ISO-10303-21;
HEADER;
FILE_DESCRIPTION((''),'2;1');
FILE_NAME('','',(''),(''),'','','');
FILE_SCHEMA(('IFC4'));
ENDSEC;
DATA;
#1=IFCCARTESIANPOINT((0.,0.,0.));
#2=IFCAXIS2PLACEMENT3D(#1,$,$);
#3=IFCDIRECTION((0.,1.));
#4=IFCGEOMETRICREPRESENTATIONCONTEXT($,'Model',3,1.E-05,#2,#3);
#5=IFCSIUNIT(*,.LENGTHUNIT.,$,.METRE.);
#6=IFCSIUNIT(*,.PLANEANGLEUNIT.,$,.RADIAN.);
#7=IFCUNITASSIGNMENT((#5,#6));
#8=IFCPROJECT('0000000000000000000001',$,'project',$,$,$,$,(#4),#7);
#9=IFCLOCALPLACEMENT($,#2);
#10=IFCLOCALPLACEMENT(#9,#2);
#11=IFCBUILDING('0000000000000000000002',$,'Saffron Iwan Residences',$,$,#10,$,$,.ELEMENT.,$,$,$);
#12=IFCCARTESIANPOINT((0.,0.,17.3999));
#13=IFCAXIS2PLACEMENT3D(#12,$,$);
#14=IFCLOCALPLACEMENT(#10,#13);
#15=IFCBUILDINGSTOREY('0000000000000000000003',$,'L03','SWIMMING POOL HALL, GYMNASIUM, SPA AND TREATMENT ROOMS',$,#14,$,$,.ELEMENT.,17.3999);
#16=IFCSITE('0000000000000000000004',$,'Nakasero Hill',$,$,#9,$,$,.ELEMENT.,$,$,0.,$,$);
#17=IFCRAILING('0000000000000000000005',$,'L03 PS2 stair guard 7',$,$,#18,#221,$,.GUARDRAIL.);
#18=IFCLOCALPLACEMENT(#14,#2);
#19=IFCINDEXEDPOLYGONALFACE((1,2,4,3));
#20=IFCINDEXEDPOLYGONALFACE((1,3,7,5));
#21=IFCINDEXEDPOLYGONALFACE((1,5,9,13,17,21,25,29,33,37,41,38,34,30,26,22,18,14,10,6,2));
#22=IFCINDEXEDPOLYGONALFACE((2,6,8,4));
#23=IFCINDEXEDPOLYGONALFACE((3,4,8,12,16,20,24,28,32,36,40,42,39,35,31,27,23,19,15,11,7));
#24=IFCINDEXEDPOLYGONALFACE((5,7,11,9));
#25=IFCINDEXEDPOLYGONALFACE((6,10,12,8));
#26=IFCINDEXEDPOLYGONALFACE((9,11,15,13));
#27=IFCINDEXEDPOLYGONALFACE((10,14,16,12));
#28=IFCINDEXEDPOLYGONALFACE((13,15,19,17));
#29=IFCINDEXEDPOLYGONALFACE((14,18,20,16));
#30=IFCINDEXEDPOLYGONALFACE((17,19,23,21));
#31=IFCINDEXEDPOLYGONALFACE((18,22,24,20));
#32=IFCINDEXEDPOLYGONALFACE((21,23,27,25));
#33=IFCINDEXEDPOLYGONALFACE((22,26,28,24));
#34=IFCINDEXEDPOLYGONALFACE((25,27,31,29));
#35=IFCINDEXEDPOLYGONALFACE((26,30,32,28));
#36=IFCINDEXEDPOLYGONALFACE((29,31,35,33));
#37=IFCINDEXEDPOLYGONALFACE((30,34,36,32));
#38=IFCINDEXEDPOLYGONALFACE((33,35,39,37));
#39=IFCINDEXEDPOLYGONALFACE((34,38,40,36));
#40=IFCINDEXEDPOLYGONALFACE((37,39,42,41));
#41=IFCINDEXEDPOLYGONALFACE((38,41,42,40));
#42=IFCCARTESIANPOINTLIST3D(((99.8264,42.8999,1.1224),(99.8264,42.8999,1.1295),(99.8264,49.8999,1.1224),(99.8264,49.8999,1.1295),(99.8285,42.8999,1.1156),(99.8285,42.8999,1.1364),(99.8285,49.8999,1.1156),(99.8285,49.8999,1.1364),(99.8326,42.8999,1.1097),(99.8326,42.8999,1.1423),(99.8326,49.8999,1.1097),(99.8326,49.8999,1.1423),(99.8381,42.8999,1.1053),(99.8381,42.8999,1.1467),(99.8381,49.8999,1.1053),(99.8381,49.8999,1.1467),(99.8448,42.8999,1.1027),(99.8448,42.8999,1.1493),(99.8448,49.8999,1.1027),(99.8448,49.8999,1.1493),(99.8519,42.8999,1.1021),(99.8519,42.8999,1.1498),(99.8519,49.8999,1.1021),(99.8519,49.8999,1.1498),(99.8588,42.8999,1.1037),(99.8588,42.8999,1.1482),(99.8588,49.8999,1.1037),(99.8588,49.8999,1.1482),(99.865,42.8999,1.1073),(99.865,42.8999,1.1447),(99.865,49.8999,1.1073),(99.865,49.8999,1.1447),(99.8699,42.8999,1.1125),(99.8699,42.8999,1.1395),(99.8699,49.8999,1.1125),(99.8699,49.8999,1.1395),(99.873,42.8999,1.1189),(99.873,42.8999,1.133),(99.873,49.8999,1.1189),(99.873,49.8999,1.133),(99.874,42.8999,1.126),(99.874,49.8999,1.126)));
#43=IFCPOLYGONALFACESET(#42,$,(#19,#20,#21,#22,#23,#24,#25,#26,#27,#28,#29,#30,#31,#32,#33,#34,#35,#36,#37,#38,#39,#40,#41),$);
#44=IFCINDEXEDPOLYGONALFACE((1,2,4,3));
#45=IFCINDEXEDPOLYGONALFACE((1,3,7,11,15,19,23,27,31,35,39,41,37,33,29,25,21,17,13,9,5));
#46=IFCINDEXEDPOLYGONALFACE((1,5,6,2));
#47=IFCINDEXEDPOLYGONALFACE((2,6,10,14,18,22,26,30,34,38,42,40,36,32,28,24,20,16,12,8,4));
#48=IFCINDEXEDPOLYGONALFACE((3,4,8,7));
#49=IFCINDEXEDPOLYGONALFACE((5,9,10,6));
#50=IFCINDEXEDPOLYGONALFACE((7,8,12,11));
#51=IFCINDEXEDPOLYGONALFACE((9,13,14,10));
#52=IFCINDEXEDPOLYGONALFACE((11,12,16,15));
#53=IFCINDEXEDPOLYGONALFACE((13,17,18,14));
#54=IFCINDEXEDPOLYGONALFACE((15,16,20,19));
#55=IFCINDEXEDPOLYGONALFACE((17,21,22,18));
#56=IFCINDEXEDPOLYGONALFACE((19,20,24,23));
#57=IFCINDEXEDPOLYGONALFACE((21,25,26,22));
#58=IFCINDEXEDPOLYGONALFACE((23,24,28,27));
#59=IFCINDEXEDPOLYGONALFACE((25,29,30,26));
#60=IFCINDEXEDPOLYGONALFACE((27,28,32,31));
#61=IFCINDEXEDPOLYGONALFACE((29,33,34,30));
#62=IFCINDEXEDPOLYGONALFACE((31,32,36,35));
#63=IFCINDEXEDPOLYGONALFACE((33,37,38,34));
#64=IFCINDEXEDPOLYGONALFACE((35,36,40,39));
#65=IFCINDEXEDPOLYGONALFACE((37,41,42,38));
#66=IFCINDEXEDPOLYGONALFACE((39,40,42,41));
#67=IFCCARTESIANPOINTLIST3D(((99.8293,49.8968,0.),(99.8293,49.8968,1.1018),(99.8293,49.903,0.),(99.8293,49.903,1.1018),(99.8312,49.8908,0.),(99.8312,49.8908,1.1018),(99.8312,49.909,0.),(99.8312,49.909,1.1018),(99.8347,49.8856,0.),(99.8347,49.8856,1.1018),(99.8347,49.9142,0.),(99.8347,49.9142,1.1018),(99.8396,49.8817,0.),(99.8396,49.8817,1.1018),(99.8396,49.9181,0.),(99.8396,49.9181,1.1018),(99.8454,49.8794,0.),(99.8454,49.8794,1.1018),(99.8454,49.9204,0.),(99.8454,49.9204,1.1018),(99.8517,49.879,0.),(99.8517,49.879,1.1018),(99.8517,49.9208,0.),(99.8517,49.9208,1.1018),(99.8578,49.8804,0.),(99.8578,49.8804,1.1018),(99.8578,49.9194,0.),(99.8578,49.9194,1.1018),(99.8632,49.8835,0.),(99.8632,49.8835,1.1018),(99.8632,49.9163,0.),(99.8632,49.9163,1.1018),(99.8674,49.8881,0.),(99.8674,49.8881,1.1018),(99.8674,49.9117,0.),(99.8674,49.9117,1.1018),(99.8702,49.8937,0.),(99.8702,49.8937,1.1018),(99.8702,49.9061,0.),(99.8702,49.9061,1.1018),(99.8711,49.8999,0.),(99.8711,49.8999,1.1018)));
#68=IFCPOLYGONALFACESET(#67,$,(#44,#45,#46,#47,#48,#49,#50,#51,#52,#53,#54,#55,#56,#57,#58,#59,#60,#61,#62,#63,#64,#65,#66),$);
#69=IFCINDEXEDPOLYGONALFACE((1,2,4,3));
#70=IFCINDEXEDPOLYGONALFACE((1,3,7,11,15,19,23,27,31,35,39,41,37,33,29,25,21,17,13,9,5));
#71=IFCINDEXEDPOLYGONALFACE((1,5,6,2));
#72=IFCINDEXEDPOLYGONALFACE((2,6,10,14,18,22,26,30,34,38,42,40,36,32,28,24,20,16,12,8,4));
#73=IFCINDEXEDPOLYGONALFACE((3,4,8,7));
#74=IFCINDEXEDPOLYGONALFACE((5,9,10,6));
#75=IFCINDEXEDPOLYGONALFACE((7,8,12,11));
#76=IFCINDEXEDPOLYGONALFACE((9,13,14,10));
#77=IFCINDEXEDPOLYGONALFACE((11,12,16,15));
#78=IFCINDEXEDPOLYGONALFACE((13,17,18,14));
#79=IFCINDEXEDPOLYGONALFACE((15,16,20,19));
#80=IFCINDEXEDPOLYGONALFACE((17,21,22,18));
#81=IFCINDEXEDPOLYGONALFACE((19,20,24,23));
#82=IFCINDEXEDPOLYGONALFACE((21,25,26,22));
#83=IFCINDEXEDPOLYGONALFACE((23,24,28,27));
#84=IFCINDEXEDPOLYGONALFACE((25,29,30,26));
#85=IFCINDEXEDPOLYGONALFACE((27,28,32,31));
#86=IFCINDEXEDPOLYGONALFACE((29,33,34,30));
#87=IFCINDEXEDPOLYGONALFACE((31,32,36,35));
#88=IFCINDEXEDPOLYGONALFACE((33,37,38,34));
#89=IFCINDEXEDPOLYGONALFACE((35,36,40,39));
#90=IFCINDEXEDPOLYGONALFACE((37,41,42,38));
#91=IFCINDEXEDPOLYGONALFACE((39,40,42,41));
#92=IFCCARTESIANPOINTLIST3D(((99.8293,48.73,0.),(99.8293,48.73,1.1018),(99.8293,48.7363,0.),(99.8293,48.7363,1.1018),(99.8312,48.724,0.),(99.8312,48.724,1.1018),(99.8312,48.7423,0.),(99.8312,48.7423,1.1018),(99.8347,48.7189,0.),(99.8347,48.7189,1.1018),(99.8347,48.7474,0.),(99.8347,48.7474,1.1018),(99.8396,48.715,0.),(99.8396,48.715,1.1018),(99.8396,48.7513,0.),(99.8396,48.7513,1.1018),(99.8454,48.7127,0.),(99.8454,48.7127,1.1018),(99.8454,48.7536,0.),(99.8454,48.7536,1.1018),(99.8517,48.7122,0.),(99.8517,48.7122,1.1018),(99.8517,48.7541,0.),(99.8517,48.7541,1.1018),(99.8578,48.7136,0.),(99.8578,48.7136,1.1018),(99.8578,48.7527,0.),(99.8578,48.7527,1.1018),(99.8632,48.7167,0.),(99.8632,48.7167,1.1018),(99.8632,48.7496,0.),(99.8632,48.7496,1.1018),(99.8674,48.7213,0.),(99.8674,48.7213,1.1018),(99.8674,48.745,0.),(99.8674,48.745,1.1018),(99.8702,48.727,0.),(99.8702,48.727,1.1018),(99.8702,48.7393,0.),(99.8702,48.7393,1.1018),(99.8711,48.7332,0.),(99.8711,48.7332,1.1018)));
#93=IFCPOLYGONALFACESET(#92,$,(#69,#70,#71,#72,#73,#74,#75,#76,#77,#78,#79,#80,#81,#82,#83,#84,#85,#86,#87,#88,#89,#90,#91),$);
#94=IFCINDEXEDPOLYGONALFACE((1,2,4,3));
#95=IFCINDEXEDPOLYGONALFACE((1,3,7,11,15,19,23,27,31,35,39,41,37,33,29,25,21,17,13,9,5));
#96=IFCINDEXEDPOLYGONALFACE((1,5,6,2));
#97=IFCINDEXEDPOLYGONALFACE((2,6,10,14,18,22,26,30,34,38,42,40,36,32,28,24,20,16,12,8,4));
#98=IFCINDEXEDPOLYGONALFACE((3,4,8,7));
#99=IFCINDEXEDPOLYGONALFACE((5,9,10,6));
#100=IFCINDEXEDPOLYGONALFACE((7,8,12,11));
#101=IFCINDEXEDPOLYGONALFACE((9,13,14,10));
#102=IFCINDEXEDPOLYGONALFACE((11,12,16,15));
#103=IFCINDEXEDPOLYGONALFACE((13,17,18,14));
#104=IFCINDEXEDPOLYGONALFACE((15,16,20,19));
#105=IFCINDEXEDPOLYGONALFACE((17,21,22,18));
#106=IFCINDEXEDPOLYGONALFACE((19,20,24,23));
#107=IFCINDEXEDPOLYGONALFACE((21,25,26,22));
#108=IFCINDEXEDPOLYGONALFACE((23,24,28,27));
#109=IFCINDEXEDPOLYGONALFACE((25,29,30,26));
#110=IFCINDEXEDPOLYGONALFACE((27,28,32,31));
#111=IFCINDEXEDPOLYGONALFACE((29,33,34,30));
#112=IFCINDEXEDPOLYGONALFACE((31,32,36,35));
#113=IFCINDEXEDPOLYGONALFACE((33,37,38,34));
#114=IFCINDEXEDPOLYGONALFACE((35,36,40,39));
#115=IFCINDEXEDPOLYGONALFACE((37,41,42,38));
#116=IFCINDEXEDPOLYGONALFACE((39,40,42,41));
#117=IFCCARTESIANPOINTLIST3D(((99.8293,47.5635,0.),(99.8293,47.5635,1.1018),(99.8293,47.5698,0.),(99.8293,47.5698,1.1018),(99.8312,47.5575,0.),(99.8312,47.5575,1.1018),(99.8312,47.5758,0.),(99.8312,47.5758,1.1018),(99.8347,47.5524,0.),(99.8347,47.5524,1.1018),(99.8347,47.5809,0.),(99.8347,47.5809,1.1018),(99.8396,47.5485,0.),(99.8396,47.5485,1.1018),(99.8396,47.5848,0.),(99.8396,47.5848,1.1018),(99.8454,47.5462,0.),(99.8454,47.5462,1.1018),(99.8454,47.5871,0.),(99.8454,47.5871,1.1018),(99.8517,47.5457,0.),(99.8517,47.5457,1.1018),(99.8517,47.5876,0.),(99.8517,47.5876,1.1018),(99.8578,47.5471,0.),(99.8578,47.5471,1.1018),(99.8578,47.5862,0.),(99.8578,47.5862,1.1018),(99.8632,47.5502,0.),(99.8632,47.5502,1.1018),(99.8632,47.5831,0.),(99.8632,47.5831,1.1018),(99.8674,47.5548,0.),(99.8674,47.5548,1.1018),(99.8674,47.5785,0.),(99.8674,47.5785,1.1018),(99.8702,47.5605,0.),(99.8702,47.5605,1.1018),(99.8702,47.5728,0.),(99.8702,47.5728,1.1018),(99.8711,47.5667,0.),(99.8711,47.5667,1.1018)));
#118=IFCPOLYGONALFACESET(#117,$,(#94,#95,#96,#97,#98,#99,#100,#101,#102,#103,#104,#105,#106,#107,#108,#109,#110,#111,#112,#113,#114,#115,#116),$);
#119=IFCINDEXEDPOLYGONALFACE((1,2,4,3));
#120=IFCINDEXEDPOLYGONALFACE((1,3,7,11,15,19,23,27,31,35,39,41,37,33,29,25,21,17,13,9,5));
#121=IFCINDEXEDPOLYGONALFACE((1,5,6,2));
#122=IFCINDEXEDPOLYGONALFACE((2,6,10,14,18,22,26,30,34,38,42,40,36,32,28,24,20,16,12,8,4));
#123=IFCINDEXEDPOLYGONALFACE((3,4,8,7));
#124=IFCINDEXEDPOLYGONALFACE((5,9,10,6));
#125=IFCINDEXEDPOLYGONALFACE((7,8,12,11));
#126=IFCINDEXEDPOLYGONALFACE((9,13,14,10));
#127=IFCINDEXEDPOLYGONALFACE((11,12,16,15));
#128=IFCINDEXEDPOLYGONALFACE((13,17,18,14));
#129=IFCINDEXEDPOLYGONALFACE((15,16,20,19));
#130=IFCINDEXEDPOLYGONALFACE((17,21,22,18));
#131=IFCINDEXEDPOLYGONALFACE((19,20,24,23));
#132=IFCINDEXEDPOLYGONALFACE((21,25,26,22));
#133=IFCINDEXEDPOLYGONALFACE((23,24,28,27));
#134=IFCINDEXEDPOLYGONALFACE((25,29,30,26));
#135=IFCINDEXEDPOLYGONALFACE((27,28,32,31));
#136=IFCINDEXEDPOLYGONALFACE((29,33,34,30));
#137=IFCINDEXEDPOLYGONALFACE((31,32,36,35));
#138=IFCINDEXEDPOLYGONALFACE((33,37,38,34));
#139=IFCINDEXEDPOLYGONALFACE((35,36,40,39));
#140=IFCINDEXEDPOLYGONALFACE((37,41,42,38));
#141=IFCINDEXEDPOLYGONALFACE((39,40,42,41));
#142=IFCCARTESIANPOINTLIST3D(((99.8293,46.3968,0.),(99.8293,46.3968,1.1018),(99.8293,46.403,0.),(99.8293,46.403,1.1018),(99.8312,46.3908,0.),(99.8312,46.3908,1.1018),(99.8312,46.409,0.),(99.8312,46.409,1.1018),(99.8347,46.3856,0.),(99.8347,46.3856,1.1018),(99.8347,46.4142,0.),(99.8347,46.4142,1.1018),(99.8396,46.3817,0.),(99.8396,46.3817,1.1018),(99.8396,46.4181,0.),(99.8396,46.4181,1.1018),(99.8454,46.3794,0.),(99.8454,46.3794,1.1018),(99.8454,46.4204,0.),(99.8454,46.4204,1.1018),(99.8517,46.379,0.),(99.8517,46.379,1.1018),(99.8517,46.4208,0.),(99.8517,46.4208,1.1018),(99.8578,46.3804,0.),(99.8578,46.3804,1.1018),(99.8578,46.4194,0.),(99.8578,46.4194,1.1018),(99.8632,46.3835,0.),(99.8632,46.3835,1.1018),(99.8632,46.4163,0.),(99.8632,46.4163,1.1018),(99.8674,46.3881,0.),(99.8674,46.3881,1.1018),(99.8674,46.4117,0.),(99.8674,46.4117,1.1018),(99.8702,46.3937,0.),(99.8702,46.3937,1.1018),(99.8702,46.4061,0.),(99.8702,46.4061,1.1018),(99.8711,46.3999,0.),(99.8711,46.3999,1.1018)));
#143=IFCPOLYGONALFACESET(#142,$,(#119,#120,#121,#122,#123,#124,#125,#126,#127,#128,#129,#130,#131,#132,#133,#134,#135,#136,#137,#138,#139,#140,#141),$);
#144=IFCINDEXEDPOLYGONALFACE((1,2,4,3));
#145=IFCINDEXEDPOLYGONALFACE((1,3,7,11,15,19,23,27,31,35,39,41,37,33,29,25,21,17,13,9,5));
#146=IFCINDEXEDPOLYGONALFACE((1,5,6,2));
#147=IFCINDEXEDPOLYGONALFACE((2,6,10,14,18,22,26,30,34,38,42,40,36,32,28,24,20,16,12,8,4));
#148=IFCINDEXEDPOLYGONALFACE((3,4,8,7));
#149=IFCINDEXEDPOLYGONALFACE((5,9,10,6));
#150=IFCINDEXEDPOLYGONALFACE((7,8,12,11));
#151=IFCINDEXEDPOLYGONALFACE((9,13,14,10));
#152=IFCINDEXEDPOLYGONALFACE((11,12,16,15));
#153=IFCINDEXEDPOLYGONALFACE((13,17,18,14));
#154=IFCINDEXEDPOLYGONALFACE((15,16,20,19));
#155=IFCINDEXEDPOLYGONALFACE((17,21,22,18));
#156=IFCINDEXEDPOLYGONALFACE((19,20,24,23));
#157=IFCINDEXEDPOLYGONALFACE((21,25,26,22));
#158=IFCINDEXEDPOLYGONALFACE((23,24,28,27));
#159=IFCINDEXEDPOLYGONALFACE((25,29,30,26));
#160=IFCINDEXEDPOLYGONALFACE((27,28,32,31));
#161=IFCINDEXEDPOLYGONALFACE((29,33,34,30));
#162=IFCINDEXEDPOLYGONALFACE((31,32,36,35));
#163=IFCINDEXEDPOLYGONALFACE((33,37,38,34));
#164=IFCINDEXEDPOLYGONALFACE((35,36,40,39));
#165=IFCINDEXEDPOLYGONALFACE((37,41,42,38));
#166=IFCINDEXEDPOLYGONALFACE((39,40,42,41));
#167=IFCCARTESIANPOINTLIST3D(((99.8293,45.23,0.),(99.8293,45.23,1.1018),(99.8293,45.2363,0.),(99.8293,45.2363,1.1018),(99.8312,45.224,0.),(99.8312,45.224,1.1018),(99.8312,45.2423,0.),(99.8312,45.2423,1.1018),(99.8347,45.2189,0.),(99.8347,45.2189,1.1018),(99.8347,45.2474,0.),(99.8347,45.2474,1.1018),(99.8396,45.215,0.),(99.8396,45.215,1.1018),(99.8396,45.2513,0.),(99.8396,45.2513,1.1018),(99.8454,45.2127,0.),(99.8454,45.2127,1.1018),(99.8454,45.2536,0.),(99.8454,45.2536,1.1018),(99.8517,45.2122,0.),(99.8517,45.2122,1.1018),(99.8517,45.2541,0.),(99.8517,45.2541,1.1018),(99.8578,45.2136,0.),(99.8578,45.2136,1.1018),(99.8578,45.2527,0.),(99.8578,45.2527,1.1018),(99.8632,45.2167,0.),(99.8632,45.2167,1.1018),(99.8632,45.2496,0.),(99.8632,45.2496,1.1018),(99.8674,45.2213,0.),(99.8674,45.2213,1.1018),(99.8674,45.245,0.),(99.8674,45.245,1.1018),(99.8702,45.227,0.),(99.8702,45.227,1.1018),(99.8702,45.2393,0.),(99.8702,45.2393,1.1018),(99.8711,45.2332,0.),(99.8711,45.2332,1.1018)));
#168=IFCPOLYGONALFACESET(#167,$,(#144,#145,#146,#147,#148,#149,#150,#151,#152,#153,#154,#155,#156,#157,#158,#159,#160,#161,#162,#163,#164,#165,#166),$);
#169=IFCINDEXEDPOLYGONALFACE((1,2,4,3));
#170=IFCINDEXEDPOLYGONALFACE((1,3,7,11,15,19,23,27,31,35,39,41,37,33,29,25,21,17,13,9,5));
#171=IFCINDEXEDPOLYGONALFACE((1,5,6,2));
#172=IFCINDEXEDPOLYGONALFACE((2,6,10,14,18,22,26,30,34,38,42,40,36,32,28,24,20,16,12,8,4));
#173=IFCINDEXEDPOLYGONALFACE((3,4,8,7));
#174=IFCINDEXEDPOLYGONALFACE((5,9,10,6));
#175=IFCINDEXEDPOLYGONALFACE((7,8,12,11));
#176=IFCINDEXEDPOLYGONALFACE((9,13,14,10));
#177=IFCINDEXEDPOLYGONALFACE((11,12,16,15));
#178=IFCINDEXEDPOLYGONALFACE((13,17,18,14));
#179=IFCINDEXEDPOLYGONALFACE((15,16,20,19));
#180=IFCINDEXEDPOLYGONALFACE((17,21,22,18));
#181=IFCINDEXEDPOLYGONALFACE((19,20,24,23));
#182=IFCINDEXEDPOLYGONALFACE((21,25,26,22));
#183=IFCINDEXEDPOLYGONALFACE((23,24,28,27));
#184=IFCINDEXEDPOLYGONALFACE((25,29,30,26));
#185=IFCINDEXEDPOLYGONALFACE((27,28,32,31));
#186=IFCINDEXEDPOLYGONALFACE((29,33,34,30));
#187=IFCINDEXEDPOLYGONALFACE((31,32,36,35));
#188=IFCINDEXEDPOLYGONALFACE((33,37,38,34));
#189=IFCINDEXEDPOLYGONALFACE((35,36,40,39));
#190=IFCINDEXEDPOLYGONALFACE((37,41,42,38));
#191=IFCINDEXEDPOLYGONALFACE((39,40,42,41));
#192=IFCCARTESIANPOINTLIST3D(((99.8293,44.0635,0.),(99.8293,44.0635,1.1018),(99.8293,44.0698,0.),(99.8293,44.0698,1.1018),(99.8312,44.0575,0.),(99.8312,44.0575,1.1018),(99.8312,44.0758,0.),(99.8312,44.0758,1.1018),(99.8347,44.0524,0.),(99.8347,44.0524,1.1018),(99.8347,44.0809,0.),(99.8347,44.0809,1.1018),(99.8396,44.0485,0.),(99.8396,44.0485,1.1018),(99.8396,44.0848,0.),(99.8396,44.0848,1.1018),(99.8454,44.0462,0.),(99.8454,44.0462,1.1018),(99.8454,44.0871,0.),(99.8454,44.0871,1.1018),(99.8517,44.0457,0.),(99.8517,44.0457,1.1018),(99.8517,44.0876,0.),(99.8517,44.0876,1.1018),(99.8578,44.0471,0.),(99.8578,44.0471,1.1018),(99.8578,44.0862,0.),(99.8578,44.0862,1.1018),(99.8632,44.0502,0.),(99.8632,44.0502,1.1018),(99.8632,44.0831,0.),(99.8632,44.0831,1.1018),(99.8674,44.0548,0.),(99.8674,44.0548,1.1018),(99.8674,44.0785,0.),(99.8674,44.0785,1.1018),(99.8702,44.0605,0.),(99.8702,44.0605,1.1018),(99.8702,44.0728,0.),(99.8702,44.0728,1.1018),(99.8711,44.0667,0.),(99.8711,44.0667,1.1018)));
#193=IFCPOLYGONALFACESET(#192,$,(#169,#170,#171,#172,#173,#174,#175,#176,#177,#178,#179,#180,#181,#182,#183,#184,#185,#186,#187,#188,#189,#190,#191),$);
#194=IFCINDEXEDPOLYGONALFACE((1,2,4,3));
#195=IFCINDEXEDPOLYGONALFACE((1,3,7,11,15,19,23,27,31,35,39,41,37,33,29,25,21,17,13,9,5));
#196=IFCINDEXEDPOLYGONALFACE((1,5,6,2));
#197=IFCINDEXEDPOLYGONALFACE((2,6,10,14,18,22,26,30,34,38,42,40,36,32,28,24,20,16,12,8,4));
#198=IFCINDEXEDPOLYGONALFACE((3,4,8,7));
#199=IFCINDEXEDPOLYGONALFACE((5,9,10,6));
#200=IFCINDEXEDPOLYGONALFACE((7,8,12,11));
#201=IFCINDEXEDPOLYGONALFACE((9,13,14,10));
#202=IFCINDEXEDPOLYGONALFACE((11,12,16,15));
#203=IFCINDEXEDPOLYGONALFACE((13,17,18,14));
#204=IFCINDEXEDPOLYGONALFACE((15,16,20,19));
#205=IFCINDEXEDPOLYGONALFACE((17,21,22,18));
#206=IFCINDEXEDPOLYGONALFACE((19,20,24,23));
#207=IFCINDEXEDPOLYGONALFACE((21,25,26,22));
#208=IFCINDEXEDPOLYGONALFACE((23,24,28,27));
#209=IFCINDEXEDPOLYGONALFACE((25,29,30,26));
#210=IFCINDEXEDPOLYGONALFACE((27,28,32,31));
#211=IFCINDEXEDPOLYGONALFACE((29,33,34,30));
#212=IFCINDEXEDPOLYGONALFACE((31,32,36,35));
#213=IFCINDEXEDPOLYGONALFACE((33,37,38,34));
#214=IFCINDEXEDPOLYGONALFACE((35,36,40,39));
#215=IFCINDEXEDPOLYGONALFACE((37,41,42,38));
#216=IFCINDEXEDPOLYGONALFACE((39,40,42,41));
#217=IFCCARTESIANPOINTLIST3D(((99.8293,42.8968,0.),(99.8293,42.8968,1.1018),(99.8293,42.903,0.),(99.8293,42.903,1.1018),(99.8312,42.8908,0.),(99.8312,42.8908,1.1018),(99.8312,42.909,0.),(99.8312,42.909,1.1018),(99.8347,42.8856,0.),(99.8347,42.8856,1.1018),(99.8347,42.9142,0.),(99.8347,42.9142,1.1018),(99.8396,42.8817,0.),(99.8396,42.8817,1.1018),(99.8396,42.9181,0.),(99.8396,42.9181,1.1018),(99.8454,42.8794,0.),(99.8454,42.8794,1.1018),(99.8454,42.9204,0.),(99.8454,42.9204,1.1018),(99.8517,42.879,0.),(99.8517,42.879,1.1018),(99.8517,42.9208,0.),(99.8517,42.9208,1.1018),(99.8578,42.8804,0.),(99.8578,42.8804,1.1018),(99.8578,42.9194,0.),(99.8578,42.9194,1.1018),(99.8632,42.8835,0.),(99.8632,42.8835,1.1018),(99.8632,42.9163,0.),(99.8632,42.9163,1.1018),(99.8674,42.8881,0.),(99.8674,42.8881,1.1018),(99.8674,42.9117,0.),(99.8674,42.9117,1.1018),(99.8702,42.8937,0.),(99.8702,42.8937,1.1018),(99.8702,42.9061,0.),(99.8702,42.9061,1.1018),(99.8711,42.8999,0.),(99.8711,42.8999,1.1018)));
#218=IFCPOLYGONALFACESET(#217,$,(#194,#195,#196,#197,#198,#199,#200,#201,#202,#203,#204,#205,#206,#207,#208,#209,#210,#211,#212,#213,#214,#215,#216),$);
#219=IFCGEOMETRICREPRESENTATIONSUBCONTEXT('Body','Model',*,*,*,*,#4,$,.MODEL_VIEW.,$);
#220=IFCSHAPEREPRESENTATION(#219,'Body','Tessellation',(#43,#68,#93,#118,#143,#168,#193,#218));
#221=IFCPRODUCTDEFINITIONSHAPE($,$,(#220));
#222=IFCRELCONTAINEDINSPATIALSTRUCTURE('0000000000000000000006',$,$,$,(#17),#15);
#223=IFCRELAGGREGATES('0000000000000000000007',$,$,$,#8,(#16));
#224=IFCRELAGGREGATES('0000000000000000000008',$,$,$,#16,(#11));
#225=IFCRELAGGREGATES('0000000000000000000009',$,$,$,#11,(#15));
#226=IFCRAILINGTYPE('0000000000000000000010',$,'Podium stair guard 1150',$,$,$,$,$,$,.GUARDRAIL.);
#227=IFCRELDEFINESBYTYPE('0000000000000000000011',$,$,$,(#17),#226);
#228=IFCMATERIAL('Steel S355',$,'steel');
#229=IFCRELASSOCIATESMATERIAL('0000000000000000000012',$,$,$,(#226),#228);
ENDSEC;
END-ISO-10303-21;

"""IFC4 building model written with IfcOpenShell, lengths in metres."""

from ifc_helpers import new_model, si_unit, direction, frame, origin, origin_2d, place, context, subcontext, project, spatial, circle, extrude, material, type_object, element, save


model = new_model("IFC4")

# Units and contexts
model_context = context("Model", 3, precision=1e-05, world=origin(), true_north=direction((0.0, 1.0)))
body_context = subcontext(model_context, "Body", "Model", "MODEL_VIEW")
ifc_project = project(units=[si_unit("LENGTHUNIT", "METRE"), si_unit("PLANEANGLEUNIT", "RADIAN")], contexts=[model_context])

# Site, building, storey
site_placement = place(None, origin())
site = spatial("IfcSite", under=ifc_project, at=site_placement, Name="Nakasero Hill", CompositionType="ELEMENT", RefElevation=0.0)
building_placement = place(site_placement, origin())
building = spatial("IfcBuilding", under=site, at=building_placement, Name="Saffron Iwan Residences", CompositionType="ELEMENT")
storey_placement = place(building_placement, frame((0.0, 0.0, 17.3999)))
storey = spatial("IfcBuildingStorey", under=building, at=storey_placement, Name="L03", Description="SWIMMING POOL HALL, GYMNASIUM, SPA AND TREATMENT ROOMS", CompositionType="ELEMENT", Elevation=17.3999)

# Railing
ifc_material_1 = material(Name="Steel S355", Category="steel")
railing_type_1 = type_object("IfcRailingType", Name="Podium stair guard 1150", PredefinedType="GUARDRAIL", material=ifc_material_1)
railing_1_placement = place(storey_placement, frame((99.8501, 49.8999, 0.0)))
element("IfcRailing", 1, at=railing_1_placement, inside=storey, type_object=railing_type_1, Name="L03 PS2 stair guard 7", PredefinedType="GUARDRAIL", context=body_context, shape_type="SweptSolid", body=[
    extrude(circle(Radius=0.0239, at=origin_2d()), frame((0.0, 0.0, 1.126), z_axis=(0.0, -1.0, 0.0), x_axis=(1.0, 0.0, 0.0)), (0.0, 0.0, 1.0), 7.0),
    extrude(circle(Radius=0.021, at=origin_2d()), origin(), (0.0, 0.0, 1.0), 1.1018),
    extrude(circle(Radius=0.021, at=origin_2d()), frame((0.0, -1.1667, 0.0)), (0.0, 0.0, 1.0), 1.1018),
    extrude(circle(Radius=0.021, at=origin_2d()), frame((0.0, -2.3333, 0.0)), (0.0, 0.0, 1.0), 1.1018),
    extrude(circle(Radius=0.021, at=origin_2d()), frame((0.0, -3.5, 0.0)), (0.0, 0.0, 1.0), 1.1018),
    extrude(circle(Radius=0.021, at=origin_2d()), frame((0.0, -4.6667, 0.0)), (0.0, 0.0, 1.0), 1.1018),
    extrude(circle(Radius=0.021, at=origin_2d()), frame((0.0, -5.8333, 0.0)), (0.0, 0.0, 1.0), 1.1018),
    extrude(circle(Radius=0.021, at=origin_2d()), frame((0.0, -7.0, 0.0)), (0.0, 0.0, 1.0), 1.1018),
])

save(model, "model.ifc")
